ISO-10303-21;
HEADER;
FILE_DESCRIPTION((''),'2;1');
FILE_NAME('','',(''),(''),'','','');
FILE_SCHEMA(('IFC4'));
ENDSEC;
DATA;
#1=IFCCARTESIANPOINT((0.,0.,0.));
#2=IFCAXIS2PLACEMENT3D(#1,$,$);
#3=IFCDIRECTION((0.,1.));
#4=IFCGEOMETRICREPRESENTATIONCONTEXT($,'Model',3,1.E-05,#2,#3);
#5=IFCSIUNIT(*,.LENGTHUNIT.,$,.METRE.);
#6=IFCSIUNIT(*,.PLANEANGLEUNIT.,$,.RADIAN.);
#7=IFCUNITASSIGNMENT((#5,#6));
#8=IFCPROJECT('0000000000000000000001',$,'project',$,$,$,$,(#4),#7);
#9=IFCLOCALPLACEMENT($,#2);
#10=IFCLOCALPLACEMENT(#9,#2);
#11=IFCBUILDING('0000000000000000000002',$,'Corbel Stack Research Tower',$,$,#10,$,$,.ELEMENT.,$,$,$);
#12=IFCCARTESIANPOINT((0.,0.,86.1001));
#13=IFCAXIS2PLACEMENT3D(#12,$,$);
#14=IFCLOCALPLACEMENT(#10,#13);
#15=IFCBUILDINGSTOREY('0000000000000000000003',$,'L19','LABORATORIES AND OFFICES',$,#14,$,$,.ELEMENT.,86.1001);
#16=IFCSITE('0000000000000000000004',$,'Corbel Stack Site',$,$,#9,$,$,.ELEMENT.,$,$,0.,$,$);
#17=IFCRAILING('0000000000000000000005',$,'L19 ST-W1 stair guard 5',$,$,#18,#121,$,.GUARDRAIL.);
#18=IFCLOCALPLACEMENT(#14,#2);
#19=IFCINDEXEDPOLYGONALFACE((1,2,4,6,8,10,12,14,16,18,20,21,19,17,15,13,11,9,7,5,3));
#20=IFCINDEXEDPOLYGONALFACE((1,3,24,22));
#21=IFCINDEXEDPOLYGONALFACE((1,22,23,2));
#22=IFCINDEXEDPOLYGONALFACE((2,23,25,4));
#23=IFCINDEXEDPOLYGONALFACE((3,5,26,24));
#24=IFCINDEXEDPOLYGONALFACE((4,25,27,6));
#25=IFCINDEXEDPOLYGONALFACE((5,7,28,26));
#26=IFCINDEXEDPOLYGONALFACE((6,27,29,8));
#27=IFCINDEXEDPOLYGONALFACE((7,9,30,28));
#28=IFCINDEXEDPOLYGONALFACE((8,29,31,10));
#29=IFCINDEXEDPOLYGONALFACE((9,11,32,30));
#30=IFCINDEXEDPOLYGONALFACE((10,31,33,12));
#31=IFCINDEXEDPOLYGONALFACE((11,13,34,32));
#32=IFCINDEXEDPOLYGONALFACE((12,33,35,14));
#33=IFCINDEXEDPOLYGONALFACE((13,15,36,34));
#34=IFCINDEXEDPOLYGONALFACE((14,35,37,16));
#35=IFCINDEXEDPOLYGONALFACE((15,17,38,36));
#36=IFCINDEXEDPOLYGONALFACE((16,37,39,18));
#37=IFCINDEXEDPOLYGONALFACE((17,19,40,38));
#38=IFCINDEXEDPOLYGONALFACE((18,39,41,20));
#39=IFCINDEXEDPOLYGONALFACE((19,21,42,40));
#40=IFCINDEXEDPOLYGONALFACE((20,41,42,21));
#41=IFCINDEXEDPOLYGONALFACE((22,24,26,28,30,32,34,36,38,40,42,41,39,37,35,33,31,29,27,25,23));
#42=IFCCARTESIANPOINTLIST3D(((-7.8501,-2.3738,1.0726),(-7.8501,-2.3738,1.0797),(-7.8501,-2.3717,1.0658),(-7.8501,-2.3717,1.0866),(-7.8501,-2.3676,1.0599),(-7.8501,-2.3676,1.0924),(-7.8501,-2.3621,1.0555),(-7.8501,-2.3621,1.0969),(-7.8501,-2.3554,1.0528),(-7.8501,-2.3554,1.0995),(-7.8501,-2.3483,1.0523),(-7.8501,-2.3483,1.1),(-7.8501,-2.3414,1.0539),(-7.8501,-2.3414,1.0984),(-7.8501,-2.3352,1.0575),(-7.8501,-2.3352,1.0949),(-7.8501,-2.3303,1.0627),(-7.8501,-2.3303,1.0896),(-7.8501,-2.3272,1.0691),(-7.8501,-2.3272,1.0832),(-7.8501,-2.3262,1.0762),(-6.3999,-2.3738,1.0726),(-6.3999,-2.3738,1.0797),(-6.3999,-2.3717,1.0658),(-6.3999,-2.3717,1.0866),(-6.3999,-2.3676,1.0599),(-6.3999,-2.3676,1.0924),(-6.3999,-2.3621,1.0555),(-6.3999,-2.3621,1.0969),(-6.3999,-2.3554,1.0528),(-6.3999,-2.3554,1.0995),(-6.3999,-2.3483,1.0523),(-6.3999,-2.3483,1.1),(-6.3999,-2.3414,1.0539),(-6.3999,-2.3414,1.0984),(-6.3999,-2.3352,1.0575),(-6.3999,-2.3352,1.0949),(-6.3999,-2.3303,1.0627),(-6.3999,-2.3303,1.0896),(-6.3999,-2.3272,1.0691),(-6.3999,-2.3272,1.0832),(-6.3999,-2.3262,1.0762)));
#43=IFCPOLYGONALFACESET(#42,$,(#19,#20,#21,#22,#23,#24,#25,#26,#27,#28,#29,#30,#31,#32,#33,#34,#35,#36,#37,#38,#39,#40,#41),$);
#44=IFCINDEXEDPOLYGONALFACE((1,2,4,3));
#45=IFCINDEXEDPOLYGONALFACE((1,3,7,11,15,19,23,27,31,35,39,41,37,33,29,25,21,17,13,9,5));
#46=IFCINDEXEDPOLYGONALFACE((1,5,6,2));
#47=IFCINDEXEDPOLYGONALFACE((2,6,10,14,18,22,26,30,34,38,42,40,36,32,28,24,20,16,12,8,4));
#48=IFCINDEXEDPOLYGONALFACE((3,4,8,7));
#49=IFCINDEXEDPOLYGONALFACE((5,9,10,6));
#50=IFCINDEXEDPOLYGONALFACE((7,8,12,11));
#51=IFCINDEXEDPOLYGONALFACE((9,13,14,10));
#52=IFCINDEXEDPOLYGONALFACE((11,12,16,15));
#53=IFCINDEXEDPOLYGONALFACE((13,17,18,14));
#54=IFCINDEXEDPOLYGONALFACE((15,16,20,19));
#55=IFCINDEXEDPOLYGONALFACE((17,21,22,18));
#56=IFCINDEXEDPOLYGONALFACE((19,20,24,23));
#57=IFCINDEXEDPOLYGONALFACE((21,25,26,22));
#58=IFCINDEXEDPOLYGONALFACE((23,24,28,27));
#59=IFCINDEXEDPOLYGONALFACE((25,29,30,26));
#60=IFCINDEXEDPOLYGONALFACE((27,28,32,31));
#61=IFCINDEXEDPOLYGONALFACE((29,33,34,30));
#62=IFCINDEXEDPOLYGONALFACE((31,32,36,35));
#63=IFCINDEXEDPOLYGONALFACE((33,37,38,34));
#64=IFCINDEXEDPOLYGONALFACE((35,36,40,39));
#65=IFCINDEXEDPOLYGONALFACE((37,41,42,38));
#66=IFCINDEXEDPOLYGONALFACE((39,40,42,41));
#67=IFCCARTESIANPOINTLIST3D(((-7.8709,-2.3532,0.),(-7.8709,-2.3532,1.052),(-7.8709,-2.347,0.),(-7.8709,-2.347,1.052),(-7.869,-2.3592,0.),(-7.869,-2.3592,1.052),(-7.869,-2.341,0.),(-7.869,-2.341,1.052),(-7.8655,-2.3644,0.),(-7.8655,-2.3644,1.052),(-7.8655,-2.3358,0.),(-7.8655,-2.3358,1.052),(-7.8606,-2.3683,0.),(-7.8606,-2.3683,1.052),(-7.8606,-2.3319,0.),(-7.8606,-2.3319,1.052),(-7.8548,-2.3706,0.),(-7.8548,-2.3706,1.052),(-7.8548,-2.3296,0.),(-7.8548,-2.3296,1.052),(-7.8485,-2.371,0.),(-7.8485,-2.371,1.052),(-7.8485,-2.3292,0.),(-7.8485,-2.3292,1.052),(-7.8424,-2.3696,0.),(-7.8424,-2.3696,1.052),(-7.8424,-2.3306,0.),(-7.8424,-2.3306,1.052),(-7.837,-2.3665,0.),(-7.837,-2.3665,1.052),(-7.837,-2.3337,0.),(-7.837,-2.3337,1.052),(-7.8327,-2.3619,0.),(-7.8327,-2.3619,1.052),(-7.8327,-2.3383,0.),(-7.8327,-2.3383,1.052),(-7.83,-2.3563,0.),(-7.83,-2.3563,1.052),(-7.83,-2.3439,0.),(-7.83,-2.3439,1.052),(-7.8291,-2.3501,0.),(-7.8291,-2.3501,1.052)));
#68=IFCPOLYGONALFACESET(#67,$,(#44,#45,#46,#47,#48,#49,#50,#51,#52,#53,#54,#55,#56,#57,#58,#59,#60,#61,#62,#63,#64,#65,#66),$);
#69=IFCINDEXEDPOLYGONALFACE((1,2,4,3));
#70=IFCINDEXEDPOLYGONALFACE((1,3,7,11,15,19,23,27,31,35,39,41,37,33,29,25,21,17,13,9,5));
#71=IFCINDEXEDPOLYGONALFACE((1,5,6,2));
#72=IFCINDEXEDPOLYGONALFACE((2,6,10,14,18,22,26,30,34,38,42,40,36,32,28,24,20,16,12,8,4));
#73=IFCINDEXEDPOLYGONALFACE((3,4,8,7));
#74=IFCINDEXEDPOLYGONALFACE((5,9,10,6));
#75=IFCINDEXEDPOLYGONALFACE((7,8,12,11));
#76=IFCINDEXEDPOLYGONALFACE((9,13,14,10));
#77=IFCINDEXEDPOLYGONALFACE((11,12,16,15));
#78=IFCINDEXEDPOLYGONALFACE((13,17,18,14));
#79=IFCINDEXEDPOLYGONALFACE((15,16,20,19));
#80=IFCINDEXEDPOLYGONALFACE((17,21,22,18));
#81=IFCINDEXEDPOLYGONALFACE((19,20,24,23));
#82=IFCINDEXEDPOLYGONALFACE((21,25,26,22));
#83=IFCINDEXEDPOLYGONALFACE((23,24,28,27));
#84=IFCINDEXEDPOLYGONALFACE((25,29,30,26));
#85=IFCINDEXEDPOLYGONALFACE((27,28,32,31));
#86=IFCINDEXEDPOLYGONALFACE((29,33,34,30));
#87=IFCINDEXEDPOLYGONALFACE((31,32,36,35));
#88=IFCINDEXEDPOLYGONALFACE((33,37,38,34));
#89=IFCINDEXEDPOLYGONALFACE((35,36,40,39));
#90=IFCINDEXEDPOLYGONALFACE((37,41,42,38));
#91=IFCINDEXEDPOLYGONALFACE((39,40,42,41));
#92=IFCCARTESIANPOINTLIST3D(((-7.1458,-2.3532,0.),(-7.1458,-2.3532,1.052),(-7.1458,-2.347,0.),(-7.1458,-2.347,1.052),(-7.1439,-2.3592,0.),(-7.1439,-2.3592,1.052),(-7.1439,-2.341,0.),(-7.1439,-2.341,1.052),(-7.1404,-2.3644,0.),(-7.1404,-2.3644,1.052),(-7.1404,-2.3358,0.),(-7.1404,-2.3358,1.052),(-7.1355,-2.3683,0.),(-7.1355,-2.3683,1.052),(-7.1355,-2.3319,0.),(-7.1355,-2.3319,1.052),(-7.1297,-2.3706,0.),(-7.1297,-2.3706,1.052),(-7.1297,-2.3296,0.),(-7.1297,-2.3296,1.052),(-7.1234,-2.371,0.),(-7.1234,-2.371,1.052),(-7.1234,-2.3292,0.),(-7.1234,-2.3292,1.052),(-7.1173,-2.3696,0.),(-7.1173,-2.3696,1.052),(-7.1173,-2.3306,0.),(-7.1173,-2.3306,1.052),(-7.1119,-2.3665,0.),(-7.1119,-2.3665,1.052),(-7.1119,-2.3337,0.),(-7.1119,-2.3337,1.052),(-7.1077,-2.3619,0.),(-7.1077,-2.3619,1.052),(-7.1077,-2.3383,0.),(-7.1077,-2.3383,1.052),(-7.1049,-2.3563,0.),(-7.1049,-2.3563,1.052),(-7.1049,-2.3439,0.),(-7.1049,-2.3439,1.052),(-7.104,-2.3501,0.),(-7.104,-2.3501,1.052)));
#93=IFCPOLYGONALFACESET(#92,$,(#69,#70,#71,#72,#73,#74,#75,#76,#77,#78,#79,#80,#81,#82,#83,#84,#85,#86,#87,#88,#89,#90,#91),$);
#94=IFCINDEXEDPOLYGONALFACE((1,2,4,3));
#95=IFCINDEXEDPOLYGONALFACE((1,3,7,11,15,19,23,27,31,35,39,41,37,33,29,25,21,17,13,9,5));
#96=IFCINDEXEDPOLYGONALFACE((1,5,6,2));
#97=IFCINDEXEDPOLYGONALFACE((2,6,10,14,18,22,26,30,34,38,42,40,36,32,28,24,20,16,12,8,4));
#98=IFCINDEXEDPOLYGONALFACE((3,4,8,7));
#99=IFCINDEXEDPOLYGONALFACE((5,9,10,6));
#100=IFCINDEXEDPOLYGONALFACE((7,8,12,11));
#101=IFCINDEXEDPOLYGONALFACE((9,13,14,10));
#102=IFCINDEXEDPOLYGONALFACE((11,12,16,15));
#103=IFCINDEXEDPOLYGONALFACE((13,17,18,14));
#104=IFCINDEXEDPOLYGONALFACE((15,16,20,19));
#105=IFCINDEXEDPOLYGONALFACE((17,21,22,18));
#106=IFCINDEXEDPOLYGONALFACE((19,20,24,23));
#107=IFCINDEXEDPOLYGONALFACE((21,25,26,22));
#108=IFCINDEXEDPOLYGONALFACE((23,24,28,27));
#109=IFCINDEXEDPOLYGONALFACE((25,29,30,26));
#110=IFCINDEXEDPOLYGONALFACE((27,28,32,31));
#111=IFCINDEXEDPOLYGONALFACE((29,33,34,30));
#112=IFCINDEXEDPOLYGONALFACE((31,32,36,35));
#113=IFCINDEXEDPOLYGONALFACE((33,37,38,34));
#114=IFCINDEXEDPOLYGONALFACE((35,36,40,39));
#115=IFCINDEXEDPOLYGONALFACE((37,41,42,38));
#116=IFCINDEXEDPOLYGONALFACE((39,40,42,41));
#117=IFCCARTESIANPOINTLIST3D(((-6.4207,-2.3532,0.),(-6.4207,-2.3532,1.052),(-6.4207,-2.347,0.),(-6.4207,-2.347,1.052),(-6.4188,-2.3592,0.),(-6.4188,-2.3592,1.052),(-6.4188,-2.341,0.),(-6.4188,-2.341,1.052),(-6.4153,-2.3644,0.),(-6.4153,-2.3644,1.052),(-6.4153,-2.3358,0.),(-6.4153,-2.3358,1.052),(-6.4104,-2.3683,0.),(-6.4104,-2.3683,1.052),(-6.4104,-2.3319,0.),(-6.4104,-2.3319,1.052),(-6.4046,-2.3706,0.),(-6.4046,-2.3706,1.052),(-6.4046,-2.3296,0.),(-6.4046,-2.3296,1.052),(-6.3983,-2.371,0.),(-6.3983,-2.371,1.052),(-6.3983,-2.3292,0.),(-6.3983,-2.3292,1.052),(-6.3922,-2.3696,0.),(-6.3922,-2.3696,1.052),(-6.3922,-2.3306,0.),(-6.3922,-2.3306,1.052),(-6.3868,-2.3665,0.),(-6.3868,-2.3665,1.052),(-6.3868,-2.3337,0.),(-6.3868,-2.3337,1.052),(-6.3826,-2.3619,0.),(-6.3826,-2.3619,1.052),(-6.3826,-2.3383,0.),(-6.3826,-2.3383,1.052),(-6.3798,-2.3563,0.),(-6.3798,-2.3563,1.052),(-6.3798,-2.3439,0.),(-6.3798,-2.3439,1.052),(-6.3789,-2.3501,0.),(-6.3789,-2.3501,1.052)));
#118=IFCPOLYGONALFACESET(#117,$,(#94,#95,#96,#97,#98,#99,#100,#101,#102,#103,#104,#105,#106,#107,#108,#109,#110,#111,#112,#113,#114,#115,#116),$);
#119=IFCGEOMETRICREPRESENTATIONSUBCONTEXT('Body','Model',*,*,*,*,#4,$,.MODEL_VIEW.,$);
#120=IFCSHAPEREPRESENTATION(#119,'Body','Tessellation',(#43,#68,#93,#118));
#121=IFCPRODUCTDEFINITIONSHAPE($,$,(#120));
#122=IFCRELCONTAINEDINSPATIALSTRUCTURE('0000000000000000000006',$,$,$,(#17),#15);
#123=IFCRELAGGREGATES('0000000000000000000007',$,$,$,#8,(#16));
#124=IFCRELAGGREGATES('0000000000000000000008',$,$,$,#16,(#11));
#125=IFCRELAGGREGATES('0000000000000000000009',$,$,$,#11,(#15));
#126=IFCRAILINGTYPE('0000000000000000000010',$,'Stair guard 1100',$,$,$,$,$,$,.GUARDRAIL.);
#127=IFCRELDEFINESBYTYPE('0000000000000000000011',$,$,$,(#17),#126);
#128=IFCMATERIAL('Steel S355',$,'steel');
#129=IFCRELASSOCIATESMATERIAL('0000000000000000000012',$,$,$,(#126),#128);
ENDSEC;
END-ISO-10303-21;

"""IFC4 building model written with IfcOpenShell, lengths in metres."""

from ifc_helpers import new_model, si_unit, direction, frame, origin, origin_2d, place, context, subcontext, project, spatial, circle, extrude, material, type_object, element, save


model = new_model("IFC4")

# Units and contexts
model_context = context("Model", 3, precision=1e-05, world=origin(), true_north=direction((0.0, 1.0)))
body_context = subcontext(model_context, "Body", "Model", "MODEL_VIEW")
ifc_project = project(units=[si_unit("LENGTHUNIT", "METRE"), si_unit("PLANEANGLEUNIT", "RADIAN")], contexts=[model_context])

# Site, building, storey
site_placement = place(None, origin())
site = spatial("IfcSite", under=ifc_project, at=site_placement, Name="Corbel Stack Site", CompositionType="ELEMENT", RefElevation=0.0)
building_placement = place(site_placement, origin())
building = spatial("IfcBuilding", under=site, at=building_placement, Name="Corbel Stack Research Tower", CompositionType="ELEMENT")
storey_placement = place(building_placement, frame((0.0, 0.0, 86.1001)))
storey = spatial("IfcBuildingStorey", under=building, at=storey_placement, Name="L19", Description="LABORATORIES AND OFFICES", CompositionType="ELEMENT", Elevation=86.1001)

# Railing
ifc_material_1 = material(Name="Steel S355", Category="steel")
railing_type_1 = type_object("IfcRailingType", Name="Stair guard 1100", PredefinedType="GUARDRAIL", material=ifc_material_1)
railing_1_placement = place(storey_placement, frame((-7.8501, -2.3501, 0.0)))
element("IfcRailing", 1, at=railing_1_placement, inside=storey, type_object=railing_type_1, Name="L19 ST-W1 stair guard 5", PredefinedType="GUARDRAIL", context=body_context, shape_type="SweptSolid", body=[
    extrude(circle(Radius=0.0239, at=origin_2d()), frame((0.0, 0.0, 1.0762), z_axis=(1.0, 0.0, 0.0), x_axis=(0.0, 1.0, 0.0)), (0.0, 0.0, 1.0), 1.4502),
    extrude(circle(Radius=0.021, at=origin_2d()), origin(), (0.0, 0.0, 1.0), 1.052),
    extrude(circle(Radius=0.021, at=origin_2d()), frame((0.7251, 0.0, 0.0)), (0.0, 0.0, 1.0), 1.052),
    extrude(circle(Radius=0.021, at=origin_2d()), frame((1.4502, 0.0, 0.0)), (0.0, 0.0, 1.0), 1.052),
])

save(model, "model.ifc")
